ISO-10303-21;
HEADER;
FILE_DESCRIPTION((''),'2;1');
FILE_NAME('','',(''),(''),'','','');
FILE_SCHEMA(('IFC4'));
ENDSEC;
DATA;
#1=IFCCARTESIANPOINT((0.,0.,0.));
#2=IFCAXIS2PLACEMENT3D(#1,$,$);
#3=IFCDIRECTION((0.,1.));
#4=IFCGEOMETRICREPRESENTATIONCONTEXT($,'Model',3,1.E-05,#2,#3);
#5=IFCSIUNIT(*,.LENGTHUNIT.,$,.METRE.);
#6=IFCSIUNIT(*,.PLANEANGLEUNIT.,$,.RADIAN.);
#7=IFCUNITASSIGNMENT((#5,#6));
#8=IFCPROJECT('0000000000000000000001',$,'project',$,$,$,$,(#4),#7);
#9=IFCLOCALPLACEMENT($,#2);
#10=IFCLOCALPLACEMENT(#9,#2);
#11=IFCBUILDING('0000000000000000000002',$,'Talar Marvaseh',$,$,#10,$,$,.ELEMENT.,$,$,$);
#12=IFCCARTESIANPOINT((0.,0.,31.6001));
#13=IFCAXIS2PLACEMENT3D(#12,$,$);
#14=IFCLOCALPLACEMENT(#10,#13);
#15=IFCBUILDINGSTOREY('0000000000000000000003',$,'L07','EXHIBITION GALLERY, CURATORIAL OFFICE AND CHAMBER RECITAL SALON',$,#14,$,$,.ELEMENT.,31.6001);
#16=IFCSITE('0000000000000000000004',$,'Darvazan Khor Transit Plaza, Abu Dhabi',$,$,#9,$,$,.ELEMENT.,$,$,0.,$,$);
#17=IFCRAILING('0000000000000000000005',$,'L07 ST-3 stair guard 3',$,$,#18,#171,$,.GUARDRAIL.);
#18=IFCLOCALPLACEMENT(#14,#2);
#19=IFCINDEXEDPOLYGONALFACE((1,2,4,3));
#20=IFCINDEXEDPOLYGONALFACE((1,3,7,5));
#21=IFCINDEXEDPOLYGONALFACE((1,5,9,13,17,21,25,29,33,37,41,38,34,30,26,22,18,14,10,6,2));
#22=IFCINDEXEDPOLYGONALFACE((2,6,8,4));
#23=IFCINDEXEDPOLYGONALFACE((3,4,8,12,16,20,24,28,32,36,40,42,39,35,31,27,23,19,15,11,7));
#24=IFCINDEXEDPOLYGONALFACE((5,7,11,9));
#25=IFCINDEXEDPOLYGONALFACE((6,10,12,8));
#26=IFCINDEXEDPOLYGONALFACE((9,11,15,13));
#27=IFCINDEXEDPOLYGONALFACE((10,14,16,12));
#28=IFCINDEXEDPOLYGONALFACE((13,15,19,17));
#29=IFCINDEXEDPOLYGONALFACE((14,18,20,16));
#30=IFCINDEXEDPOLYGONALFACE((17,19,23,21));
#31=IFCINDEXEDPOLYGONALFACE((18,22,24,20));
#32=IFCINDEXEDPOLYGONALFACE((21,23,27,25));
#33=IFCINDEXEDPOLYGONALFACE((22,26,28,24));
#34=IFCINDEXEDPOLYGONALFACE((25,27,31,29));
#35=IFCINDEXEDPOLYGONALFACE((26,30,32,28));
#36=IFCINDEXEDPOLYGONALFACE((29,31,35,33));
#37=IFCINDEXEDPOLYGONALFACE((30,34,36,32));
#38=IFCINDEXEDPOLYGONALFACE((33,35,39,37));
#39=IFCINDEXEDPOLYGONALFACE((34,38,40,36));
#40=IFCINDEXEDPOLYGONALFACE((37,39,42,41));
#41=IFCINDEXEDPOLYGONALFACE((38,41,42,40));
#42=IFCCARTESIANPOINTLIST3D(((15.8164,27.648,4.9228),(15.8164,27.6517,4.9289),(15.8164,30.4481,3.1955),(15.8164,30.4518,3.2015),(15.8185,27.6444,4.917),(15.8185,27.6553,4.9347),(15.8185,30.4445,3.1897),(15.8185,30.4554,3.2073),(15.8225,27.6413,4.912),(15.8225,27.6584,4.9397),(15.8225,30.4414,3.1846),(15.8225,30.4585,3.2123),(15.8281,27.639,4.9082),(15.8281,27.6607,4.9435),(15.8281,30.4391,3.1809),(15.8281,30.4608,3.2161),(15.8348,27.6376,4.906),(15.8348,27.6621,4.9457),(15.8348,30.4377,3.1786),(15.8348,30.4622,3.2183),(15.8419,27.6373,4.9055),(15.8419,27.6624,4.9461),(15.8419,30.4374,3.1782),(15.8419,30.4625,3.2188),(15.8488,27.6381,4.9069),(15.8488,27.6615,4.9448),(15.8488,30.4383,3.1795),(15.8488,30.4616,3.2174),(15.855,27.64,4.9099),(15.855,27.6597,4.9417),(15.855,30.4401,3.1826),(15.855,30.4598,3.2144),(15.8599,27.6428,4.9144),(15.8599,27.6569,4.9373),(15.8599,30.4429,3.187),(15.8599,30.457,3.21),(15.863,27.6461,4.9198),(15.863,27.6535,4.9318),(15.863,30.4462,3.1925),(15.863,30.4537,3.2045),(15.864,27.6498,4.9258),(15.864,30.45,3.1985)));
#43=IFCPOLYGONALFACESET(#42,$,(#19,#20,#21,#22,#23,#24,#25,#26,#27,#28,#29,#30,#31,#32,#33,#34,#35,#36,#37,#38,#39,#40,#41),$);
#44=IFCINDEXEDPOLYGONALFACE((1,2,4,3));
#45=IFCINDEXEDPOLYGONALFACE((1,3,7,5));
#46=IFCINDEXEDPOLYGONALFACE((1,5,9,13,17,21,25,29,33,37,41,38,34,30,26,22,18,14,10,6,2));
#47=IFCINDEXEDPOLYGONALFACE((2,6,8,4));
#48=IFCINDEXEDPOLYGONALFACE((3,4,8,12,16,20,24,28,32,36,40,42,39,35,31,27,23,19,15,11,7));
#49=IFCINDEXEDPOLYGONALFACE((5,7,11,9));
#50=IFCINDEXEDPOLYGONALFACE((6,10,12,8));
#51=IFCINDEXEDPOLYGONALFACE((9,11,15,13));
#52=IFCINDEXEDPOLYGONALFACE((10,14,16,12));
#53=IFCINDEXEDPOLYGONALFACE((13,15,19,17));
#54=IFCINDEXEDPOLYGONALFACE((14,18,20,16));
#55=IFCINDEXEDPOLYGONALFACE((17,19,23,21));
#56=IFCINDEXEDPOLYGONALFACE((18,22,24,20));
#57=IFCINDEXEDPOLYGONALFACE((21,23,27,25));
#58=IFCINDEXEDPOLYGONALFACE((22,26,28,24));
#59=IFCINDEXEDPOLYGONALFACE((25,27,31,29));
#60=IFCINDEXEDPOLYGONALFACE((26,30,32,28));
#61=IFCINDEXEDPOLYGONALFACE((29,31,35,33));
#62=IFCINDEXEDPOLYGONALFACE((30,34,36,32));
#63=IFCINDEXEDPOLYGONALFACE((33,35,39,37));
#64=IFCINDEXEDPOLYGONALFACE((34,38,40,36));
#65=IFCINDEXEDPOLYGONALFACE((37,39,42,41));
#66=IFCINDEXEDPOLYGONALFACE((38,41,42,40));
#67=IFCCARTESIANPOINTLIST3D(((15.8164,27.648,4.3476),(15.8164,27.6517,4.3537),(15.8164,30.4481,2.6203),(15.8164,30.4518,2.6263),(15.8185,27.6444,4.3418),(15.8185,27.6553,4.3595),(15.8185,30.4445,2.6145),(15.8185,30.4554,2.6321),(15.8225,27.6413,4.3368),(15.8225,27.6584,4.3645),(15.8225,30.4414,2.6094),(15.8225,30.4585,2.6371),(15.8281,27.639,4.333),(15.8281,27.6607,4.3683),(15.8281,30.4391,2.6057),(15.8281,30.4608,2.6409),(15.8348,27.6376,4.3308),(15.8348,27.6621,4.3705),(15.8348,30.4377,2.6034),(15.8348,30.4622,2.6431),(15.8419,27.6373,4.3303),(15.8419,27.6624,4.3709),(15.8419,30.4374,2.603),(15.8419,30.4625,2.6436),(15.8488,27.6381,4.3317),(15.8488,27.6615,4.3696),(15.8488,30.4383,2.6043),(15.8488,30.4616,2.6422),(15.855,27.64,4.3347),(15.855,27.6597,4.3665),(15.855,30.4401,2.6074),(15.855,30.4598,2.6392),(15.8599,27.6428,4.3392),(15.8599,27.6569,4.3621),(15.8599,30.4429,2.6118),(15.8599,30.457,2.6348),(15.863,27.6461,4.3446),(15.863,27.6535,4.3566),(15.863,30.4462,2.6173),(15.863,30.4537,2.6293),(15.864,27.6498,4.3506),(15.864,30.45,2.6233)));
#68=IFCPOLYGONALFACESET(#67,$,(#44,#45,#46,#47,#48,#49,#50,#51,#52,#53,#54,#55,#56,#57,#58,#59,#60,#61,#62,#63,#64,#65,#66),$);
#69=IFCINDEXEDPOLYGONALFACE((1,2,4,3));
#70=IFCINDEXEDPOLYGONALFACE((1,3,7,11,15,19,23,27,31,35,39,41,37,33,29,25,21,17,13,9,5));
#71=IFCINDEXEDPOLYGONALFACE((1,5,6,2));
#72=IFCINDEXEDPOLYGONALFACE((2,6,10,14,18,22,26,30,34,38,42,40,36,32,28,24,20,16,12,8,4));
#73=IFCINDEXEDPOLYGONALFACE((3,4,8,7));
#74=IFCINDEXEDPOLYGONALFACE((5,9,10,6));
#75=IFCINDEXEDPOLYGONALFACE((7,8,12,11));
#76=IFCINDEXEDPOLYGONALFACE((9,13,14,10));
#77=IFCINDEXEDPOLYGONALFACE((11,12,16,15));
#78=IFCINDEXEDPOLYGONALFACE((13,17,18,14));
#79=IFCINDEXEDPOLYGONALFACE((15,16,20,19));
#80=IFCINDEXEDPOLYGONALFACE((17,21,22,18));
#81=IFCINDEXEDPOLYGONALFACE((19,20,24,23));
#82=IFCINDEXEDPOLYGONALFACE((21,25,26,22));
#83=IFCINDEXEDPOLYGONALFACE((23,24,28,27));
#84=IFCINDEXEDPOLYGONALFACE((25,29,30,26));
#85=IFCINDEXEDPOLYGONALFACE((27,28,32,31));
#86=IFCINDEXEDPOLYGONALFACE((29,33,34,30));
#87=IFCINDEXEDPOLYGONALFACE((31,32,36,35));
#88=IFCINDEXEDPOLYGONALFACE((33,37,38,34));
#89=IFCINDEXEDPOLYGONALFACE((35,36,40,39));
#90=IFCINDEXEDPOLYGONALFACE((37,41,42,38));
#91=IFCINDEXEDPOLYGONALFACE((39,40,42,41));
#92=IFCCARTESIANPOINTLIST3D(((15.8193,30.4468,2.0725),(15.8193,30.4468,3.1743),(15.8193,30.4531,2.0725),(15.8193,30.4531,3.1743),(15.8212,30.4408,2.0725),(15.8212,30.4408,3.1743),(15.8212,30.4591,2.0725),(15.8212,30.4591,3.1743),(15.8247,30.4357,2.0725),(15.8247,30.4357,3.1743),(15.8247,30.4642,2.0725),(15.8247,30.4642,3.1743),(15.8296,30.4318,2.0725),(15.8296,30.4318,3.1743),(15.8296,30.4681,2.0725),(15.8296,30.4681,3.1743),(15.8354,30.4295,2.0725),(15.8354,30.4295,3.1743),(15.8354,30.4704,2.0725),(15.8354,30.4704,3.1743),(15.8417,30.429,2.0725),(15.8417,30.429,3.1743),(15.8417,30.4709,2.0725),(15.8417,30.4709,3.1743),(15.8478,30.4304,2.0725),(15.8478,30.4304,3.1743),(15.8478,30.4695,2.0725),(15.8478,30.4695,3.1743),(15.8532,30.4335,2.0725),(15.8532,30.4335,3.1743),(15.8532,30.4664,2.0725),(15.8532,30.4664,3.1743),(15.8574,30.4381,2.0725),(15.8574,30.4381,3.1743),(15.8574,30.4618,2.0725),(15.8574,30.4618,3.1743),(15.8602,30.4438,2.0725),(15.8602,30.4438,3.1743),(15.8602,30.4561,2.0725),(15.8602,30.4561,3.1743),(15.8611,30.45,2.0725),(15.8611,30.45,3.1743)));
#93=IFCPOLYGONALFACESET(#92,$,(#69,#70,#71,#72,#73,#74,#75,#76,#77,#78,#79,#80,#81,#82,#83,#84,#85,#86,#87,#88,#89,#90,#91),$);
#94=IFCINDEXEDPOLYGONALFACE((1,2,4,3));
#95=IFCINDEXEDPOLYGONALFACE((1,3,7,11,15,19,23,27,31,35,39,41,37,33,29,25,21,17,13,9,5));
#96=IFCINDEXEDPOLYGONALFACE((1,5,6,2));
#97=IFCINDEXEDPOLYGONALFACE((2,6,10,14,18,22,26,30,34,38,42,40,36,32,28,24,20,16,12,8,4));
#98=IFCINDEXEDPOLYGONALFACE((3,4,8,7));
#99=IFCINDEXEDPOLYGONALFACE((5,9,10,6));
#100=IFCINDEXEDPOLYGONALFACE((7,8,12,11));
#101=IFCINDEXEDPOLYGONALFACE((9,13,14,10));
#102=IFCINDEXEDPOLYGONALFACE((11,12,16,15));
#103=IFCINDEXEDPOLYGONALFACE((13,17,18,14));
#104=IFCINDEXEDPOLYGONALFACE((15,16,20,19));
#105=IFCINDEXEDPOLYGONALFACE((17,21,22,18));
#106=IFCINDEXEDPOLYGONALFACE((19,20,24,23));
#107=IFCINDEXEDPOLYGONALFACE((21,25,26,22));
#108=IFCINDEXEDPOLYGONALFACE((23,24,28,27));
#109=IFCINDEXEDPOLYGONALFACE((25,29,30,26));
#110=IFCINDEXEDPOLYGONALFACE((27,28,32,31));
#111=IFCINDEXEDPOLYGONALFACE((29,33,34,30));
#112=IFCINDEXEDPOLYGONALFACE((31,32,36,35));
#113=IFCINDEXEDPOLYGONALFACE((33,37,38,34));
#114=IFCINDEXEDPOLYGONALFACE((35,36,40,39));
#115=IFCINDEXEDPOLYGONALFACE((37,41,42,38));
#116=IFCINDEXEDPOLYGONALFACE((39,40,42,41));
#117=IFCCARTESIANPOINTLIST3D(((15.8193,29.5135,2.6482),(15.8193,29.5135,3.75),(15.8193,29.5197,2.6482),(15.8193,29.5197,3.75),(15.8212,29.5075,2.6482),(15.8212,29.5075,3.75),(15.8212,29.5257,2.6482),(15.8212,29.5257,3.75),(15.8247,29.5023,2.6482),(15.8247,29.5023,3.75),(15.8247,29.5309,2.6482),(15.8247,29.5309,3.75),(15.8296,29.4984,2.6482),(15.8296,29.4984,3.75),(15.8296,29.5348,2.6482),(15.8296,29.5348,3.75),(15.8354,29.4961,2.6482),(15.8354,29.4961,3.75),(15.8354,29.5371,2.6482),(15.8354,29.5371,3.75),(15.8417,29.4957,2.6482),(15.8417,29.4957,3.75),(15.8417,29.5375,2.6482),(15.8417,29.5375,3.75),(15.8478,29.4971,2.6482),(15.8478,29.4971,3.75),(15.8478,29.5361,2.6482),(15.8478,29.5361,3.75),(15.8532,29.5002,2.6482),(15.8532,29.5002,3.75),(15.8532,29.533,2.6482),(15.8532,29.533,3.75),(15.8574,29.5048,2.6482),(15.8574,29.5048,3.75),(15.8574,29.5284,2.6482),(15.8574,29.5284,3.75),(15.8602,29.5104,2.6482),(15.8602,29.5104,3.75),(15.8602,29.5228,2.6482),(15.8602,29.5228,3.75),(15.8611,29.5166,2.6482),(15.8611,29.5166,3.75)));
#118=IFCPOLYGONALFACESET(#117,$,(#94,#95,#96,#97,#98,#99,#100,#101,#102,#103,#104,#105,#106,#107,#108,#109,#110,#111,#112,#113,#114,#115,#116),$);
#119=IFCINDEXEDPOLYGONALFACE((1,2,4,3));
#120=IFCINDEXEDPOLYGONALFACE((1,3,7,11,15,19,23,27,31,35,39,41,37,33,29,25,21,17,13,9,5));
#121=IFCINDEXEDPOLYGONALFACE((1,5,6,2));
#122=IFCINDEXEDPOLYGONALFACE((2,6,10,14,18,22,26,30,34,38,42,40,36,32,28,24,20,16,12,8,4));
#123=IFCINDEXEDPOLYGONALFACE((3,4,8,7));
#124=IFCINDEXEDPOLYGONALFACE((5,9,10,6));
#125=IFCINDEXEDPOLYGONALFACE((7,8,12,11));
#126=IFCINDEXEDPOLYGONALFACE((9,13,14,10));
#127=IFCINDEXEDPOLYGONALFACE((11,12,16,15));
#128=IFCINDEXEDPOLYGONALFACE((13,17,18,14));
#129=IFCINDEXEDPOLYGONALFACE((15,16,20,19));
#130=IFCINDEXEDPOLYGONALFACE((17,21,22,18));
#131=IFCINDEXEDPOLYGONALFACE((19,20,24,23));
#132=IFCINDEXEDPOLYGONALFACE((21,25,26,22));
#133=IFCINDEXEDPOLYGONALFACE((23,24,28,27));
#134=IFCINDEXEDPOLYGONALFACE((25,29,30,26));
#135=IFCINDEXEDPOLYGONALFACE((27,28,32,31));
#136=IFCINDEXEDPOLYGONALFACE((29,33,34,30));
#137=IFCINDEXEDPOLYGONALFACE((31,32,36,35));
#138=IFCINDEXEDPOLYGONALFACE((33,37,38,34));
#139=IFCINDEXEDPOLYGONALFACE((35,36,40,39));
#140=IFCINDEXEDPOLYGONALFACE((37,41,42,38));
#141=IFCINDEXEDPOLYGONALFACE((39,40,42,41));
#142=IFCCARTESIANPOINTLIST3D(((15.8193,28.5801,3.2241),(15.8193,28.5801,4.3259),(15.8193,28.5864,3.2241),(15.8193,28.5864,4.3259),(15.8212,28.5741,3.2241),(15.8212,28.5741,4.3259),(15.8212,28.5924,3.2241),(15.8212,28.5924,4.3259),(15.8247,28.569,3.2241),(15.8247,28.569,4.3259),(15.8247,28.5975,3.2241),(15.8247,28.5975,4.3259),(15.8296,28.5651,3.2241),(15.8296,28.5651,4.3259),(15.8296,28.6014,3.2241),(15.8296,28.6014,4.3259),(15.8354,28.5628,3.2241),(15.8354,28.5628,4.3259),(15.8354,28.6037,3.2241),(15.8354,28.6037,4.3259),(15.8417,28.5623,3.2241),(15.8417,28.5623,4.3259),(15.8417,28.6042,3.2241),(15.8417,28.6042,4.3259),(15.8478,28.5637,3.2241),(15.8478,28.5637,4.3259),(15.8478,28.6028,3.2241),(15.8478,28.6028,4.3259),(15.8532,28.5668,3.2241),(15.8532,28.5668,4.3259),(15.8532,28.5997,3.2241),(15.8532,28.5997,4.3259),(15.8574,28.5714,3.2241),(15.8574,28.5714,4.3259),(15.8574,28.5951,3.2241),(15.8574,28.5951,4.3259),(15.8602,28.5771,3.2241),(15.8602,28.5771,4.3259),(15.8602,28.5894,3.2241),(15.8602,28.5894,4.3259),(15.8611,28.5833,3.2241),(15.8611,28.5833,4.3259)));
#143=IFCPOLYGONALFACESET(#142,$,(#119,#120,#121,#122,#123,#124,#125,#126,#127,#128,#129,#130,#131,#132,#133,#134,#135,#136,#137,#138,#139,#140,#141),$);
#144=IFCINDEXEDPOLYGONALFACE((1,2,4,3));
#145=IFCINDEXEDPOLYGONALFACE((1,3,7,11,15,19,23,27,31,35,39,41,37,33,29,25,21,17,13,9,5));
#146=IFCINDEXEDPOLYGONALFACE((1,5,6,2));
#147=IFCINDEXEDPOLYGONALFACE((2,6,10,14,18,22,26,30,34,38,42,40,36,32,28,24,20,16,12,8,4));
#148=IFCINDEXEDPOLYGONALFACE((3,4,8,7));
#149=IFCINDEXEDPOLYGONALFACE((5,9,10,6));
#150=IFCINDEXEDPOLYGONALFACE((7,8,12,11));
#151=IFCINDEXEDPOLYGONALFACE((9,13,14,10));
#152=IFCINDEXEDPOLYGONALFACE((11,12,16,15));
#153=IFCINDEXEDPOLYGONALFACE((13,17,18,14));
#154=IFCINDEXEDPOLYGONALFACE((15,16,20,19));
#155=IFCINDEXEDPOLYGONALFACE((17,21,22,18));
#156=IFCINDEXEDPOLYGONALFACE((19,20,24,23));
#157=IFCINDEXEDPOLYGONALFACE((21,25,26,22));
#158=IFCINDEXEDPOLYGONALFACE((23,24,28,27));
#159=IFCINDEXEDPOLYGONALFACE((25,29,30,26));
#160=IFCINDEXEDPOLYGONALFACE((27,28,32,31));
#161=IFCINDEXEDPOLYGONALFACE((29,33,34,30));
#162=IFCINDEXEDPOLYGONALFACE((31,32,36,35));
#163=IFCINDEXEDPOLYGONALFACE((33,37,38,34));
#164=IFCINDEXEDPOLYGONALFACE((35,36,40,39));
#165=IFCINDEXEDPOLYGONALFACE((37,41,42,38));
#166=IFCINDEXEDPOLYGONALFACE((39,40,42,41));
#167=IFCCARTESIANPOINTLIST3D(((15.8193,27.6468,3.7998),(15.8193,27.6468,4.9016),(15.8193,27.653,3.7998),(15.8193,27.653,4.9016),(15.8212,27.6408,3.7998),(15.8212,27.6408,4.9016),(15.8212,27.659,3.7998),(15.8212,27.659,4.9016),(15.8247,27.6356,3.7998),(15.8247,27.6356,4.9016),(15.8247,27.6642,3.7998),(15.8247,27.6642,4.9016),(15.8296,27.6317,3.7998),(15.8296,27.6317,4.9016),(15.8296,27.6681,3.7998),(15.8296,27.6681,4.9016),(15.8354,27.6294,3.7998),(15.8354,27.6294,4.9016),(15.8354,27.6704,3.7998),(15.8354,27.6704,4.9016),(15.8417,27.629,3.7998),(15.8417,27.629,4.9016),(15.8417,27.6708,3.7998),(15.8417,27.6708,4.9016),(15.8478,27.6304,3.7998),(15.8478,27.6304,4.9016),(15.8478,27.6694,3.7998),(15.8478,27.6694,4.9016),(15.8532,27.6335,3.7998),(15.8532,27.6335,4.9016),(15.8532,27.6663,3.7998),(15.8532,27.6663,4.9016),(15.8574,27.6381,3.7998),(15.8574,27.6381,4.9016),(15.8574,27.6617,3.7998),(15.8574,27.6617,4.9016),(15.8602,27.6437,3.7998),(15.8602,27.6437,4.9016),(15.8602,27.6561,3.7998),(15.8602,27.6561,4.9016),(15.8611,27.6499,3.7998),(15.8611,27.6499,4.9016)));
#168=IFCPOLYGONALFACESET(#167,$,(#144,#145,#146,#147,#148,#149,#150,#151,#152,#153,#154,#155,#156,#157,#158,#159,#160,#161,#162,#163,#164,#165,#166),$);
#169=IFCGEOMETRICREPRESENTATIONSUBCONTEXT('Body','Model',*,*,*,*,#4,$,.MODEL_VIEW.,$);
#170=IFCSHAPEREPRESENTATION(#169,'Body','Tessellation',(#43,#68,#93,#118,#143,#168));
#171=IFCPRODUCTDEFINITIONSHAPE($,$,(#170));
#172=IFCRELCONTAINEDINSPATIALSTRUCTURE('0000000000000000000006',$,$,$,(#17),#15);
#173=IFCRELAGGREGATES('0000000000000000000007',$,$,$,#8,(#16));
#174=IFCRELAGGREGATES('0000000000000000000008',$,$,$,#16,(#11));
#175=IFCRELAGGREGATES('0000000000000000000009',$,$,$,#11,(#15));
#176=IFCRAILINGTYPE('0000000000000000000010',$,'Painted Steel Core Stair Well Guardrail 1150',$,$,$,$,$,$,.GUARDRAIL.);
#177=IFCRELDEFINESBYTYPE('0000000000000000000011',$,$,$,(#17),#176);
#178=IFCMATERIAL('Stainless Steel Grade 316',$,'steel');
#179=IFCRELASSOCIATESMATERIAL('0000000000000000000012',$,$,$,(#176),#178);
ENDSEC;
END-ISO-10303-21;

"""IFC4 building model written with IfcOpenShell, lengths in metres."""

from ifc_helpers import new_model, si_unit, direction, frame, origin, origin_2d, place, context, subcontext, project, spatial, circle, extrude, material, type_object, element, save


model = new_model("IFC4")

# Units and contexts
model_context = context("Model", 3, precision=1e-05, world=origin(), true_north=direction((0.0, 1.0)))
body_context = subcontext(model_context, "Body", "Model", "MODEL_VIEW")
ifc_project = project(units=[si_unit("LENGTHUNIT", "METRE"), si_unit("PLANEANGLEUNIT", "RADIAN")], contexts=[model_context])

# Site, building, storey
site_placement = place(None, origin())
site = spatial("IfcSite", under=ifc_project, at=site_placement, Name="Darvazan Khor Transit Plaza, Abu Dhabi", CompositionType="ELEMENT", RefElevation=0.0)
building_placement = place(site_placement, origin())
building = spatial("IfcBuilding", under=site, at=building_placement, Name="Talar Marvaseh", CompositionType="ELEMENT")
storey_placement = place(building_placement, frame((0.0, 0.0, 31.6001)))
storey = spatial("IfcBuildingStorey", under=building, at=storey_placement, Name="L07", Description="EXHIBITION GALLERY, CURATORIAL OFFICE AND CHAMBER RECITAL SALON", CompositionType="ELEMENT", Elevation=31.6001)

# Railing
ifc_material_1 = material(Name="Stainless Steel Grade 316", Category="steel")
railing_type_1 = type_object("IfcRailingType", Name="Painted Steel Core Stair Well Guardrail 1150", PredefinedType="GUARDRAIL", material=ifc_material_1)
railing_1_placement = place(storey_placement, frame((15.8401, 30.45, 2.0725)))
element("IfcRailing", 1, at=railing_1_placement, inside=storey, type_object=railing_type_1, Name="L07 ST-3 stair guard 3", PredefinedType="GUARDRAIL", context=body_context, shape_type="SweptSolid", body=[
    extrude(circle(Radius=0.0239, at=origin_2d()), frame((0.0, 0.0, 1.126), z_axis=(0.0, -0.85109, 0.52502), x_axis=(1.0, 0.0, 0.0)), (0.0, 0.0, 1.0), 3.29),
    extrude(circle(Radius=0.0239, at=origin_2d()), frame((0.0, 0.0, 0.5508), z_axis=(0.0, -0.85109, 0.52502), x_axis=(1.0, 0.0, 0.0)), (0.0, 0.0, 1.0), 3.29),
    extrude(circle(Radius=0.021, at=origin_2d()), origin(), (0.0, 0.0, 1.0), 1.1018),
    extrude(circle(Radius=0.021, at=origin_2d()), frame((0.0, -0.9333, 0.5757)), (0.0, 0.0, 1.0), 1.1018),
    extrude(circle(Radius=0.021, at=origin_2d()), frame((0.0, -1.8667, 1.1516)), (0.0, 0.0, 1.0), 1.1018),
    extrude(circle(Radius=0.021, at=origin_2d()), frame((0.0, -2.8, 1.7273)), (0.0, 0.0, 1.0), 1.1018),
])

save(model, "model.ifc")
